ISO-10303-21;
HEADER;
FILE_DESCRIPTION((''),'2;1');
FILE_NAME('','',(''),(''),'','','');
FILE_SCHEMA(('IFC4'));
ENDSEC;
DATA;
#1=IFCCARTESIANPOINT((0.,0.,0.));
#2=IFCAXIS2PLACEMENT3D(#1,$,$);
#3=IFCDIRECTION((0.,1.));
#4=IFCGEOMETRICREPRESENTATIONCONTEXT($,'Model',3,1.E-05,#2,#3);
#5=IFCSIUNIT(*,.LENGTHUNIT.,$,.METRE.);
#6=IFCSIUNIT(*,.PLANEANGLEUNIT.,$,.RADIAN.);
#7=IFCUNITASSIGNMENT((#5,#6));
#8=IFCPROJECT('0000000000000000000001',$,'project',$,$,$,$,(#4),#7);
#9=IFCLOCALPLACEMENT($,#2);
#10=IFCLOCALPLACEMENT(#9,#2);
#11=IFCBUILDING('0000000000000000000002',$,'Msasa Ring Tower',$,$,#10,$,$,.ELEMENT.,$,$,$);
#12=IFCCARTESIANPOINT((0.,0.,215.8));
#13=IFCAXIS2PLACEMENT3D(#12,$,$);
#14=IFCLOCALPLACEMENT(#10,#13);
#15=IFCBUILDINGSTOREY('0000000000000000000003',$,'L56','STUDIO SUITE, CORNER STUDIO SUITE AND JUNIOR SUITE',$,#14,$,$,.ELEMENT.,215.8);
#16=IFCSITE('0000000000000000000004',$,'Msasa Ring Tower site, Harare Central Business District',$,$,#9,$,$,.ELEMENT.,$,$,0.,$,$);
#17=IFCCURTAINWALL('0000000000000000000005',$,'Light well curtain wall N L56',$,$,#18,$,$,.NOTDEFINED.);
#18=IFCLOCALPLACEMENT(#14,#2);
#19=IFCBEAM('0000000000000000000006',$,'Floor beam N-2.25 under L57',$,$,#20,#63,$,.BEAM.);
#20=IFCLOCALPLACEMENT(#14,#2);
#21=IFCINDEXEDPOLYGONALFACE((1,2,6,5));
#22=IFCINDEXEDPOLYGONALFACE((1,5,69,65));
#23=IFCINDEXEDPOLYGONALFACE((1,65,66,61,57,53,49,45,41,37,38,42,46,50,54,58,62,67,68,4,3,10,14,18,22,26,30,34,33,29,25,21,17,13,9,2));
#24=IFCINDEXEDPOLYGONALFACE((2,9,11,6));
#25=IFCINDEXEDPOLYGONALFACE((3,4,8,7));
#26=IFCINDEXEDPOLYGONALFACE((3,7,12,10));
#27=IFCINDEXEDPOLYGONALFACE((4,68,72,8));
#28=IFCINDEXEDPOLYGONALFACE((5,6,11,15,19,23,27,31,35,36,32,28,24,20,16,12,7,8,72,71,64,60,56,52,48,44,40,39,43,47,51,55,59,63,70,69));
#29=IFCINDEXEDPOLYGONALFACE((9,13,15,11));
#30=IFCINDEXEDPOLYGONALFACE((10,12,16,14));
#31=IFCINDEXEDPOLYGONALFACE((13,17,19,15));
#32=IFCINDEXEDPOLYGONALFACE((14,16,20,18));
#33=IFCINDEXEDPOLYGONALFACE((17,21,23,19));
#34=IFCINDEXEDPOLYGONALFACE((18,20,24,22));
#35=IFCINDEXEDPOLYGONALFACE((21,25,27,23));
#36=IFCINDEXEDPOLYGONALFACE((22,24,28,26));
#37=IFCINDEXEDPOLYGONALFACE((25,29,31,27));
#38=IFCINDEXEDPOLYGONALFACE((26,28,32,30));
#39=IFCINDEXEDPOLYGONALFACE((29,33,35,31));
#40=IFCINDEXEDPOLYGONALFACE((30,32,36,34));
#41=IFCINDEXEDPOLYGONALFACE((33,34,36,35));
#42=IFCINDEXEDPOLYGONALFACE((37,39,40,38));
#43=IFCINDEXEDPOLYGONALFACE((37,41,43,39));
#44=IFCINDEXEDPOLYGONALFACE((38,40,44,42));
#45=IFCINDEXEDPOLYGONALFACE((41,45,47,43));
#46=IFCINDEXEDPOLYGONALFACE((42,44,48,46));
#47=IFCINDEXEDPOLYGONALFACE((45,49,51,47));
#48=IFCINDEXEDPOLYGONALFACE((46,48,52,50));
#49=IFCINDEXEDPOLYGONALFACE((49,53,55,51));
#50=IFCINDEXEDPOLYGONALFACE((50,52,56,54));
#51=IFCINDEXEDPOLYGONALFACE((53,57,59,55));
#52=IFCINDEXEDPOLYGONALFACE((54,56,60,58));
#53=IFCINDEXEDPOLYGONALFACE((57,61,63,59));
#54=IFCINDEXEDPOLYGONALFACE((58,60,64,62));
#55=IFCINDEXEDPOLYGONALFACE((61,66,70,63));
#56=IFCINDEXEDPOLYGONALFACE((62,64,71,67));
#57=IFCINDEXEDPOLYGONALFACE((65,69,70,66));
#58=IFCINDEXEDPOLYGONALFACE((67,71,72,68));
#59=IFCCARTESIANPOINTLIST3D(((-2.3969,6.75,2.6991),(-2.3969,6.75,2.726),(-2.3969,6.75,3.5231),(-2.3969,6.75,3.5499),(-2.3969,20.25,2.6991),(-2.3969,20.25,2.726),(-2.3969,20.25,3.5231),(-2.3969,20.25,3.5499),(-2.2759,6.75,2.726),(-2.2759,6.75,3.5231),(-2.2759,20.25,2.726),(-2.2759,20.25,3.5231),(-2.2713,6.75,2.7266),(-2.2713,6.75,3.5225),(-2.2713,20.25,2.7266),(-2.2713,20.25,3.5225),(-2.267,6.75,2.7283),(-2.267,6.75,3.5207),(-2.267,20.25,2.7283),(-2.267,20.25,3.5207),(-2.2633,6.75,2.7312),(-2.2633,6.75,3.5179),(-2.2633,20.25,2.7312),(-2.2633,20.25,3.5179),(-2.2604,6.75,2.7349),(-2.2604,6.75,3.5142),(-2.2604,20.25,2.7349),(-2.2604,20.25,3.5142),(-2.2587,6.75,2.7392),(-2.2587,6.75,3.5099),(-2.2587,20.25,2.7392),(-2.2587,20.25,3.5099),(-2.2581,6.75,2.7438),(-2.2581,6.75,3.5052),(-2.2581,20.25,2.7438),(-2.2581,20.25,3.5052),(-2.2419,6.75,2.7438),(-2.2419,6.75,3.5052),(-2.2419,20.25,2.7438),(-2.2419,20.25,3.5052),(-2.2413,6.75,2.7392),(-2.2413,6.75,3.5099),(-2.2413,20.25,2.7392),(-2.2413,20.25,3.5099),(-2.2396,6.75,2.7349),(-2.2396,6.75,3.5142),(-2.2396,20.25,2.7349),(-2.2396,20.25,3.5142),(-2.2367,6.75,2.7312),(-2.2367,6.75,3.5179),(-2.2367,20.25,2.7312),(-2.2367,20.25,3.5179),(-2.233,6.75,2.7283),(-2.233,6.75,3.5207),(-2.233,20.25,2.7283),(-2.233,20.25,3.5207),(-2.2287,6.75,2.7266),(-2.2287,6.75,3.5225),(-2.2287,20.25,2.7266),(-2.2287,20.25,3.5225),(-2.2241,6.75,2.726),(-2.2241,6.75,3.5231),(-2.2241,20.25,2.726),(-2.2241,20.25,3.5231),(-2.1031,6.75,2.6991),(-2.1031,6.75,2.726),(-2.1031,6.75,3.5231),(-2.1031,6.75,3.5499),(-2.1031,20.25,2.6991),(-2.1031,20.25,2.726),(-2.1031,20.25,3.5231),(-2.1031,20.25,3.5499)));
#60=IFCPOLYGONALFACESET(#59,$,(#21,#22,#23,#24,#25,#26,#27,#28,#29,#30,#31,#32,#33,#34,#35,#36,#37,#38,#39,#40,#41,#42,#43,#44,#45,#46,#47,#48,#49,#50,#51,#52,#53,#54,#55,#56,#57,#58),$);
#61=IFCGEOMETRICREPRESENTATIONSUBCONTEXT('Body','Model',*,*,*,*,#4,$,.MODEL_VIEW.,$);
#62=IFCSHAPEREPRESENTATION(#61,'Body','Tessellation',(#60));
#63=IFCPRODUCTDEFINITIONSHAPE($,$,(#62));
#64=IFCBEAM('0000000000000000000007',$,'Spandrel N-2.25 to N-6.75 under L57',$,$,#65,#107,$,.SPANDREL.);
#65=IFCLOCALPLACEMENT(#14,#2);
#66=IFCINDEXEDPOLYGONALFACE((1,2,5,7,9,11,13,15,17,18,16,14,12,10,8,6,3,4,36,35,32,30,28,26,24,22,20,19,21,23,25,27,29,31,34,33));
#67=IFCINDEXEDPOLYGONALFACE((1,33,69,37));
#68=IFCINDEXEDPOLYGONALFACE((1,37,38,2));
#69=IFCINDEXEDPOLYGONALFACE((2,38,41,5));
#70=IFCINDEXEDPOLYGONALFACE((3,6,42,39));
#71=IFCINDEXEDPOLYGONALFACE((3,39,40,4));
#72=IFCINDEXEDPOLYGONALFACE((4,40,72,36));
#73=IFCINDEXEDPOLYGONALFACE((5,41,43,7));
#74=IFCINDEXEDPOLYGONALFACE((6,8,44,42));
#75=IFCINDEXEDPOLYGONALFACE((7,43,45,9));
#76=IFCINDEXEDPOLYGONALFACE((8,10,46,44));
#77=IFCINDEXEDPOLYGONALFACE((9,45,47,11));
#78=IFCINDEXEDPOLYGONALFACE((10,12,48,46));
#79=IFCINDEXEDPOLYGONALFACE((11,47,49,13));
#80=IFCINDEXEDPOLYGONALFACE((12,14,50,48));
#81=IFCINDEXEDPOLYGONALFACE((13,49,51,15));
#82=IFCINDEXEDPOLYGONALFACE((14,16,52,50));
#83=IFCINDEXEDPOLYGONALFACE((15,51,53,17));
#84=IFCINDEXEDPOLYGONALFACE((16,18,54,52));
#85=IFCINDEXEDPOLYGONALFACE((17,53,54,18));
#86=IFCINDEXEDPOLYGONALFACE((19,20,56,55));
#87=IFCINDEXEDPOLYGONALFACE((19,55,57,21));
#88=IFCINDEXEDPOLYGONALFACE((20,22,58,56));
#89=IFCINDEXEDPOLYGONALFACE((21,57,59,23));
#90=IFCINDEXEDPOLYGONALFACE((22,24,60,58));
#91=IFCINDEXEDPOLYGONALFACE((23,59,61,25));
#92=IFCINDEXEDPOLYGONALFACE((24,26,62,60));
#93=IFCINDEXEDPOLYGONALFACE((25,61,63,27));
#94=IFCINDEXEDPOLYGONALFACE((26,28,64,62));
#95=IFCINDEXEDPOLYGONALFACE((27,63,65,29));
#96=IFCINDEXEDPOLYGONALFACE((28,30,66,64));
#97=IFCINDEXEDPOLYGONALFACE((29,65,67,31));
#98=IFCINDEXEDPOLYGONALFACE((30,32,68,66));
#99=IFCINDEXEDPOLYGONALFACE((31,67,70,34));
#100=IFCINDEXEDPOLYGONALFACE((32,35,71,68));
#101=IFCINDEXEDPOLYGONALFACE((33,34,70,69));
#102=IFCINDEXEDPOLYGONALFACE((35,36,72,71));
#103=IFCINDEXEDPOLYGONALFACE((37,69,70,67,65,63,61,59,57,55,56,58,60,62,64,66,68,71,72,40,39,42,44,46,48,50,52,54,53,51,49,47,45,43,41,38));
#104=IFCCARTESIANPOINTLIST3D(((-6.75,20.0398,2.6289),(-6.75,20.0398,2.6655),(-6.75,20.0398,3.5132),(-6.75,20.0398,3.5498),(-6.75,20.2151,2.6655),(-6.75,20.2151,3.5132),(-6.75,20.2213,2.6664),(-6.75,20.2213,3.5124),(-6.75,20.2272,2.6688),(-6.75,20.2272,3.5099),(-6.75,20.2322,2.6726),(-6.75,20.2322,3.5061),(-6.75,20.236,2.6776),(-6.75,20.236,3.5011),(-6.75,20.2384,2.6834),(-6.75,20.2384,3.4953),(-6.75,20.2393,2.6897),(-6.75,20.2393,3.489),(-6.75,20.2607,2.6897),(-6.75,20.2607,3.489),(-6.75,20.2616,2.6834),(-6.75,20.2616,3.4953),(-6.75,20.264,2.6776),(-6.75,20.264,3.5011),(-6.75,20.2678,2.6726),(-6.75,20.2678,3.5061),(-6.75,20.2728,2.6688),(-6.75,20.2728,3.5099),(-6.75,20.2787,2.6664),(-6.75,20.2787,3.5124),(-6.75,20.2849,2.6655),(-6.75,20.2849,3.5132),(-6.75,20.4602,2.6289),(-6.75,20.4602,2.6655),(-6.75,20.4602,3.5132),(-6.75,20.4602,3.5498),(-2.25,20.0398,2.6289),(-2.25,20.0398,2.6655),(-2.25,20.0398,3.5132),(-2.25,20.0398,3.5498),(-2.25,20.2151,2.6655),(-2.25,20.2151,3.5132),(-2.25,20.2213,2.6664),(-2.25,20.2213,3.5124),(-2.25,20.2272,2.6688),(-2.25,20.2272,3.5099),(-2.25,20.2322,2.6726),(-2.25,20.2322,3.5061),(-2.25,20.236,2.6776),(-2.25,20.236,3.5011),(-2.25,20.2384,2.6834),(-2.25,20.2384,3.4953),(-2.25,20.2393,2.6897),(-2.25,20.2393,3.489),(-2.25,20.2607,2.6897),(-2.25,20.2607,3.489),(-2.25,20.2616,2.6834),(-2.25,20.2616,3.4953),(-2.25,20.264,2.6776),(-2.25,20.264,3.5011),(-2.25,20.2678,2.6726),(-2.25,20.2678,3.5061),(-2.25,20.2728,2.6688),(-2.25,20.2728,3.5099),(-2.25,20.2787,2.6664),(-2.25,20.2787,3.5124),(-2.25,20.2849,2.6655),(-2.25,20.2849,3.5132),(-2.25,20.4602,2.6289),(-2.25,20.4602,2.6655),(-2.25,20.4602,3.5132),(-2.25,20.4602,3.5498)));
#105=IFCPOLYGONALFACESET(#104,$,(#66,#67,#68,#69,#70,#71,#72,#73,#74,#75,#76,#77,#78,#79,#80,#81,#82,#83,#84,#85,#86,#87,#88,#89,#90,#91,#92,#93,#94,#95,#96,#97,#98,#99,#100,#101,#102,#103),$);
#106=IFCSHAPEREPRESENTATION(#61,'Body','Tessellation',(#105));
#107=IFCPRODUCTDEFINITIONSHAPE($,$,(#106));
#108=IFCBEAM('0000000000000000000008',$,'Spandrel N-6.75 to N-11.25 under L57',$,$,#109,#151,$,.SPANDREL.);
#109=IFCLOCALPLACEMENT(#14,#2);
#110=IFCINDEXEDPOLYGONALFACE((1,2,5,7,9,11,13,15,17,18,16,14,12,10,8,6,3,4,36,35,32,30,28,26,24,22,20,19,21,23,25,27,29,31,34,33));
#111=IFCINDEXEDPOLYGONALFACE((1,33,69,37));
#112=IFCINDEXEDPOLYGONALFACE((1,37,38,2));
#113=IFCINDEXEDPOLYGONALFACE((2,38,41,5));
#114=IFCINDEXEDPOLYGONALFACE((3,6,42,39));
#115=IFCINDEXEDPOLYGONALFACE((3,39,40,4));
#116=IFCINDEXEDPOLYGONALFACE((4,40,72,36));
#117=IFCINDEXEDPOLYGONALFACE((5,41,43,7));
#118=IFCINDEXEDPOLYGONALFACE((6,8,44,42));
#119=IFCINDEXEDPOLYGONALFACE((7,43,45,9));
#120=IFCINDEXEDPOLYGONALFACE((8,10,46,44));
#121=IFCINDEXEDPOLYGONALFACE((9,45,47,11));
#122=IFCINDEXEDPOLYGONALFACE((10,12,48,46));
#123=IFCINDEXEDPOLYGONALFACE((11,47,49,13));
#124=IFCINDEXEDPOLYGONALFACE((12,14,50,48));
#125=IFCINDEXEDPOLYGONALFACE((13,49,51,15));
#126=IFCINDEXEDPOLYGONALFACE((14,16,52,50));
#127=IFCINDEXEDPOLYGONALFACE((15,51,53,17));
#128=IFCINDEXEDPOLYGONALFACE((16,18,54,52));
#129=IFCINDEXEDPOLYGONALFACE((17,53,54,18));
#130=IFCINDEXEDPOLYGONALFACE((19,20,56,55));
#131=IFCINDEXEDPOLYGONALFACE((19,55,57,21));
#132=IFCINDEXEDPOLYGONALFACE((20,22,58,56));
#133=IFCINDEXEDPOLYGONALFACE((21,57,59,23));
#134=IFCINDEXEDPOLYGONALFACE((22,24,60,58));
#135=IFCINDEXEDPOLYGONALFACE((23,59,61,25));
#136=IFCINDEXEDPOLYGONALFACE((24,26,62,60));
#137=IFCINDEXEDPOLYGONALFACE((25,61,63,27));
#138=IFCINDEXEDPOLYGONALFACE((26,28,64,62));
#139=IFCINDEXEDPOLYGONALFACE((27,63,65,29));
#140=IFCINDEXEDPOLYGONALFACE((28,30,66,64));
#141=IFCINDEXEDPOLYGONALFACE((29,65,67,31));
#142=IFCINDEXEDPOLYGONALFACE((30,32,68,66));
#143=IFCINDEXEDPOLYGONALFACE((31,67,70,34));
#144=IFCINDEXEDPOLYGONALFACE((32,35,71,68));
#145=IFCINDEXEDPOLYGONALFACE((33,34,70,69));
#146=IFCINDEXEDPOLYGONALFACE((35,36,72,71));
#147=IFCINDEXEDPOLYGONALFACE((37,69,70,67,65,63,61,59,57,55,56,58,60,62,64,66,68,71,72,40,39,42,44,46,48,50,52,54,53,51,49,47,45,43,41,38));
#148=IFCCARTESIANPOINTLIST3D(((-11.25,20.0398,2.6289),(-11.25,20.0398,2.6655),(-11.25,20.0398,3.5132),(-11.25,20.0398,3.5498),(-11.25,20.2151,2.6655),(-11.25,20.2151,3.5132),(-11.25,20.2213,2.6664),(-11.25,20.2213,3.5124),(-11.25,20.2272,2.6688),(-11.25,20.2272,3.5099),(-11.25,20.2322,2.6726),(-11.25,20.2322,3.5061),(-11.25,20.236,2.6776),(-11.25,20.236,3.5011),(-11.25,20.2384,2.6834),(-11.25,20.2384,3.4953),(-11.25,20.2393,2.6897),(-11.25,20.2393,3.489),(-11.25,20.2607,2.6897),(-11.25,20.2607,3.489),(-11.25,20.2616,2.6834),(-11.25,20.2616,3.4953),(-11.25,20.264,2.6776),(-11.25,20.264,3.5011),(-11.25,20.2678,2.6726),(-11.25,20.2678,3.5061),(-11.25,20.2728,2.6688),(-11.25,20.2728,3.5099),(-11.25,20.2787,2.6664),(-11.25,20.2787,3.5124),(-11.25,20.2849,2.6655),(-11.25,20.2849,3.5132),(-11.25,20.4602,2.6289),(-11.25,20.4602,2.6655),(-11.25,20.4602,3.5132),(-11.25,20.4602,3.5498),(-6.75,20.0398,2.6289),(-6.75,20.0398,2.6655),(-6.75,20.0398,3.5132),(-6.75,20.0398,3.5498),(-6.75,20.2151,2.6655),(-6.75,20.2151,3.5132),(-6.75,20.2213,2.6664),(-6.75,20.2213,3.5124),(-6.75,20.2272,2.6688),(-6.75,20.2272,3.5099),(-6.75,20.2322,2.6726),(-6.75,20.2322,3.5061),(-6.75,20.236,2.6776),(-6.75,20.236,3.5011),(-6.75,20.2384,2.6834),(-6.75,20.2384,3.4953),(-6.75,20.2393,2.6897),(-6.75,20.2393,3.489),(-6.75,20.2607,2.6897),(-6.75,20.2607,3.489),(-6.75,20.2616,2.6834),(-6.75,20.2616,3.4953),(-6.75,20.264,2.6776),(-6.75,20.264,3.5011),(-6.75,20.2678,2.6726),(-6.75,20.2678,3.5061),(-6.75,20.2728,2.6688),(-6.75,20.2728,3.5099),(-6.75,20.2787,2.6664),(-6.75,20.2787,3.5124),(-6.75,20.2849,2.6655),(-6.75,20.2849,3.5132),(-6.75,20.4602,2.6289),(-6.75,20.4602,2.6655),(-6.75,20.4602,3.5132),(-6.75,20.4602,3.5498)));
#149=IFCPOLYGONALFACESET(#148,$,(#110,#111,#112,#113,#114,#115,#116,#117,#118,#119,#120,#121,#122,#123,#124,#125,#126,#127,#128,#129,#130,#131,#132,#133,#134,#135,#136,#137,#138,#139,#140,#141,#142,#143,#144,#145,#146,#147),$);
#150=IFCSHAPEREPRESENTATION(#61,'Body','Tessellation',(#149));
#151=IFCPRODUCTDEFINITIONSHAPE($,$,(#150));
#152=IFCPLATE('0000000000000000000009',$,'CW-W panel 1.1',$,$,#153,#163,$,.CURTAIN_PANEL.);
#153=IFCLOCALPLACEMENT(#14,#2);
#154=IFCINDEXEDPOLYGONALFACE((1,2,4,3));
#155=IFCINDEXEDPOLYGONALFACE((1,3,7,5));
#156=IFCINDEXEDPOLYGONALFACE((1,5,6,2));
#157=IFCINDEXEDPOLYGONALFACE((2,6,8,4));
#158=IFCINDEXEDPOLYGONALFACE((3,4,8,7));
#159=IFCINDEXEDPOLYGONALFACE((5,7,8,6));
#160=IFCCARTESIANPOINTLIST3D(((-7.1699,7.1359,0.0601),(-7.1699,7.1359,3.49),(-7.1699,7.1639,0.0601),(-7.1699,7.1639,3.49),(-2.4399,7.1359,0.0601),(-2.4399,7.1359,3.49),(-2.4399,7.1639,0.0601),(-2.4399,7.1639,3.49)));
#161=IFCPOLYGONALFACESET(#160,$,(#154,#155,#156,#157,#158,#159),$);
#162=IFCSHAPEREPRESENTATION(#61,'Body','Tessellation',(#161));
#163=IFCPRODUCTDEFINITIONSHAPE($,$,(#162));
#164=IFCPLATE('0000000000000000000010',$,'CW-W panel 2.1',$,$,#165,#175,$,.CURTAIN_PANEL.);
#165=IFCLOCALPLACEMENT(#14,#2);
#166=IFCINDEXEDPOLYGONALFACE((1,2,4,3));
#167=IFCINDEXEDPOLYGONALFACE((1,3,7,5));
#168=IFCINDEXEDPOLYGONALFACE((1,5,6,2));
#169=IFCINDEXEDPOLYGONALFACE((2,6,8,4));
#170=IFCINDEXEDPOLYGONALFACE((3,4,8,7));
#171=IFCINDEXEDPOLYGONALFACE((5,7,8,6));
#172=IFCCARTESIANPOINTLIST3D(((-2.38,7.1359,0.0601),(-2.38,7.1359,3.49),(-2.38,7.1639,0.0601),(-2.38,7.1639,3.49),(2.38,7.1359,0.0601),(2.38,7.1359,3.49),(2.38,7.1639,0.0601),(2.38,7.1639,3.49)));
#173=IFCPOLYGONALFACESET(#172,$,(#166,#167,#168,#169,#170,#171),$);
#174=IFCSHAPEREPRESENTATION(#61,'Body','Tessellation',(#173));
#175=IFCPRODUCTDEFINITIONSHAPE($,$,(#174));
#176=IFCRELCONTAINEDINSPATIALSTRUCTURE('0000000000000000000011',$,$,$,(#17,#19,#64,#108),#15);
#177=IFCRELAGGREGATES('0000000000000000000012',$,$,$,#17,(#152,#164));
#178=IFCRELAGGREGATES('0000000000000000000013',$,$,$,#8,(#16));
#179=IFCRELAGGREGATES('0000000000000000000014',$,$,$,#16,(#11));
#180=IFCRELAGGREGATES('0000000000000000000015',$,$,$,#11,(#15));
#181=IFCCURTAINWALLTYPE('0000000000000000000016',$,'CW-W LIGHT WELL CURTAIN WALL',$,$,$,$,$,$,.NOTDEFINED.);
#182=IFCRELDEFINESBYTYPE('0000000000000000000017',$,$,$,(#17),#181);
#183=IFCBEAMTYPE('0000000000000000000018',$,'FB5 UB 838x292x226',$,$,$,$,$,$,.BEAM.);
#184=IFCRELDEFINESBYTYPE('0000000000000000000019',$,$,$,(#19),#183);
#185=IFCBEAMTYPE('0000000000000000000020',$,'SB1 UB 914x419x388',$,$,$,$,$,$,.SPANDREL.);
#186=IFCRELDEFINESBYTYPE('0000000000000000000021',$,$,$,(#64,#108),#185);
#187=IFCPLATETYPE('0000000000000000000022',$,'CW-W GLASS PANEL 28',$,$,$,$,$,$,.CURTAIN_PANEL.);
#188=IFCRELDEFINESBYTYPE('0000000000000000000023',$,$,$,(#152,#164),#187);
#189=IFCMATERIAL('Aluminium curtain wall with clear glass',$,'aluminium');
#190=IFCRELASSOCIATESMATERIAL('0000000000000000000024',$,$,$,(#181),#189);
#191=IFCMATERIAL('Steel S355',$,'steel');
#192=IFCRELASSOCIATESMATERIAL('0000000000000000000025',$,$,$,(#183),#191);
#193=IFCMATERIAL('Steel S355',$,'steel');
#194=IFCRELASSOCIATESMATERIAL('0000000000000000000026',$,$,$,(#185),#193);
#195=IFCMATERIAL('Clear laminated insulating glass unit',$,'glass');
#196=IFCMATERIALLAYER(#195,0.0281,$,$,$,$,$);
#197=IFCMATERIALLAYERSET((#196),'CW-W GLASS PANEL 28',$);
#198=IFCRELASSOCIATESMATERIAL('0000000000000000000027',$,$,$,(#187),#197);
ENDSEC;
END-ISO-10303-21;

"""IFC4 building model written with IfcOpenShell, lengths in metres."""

from ifc_helpers import new_model, si_unit, direction, frame, origin, origin_2d, place, context, subcontext, project, spatial, rectangle, i_section, extrude, material, layer, layer_set, material_profile, profile_set, type_object, element, aggregate, save


model = new_model("IFC4")

# Units and contexts
model_context = context("Model", 3, precision=1e-05, world=origin(), true_north=direction((0.0, 1.0)))
body_context = subcontext(model_context, "Body", "Model", "MODEL_VIEW")
ifc_project = project(units=[si_unit("LENGTHUNIT", "METRE"), si_unit("PLANEANGLEUNIT", "RADIAN")], contexts=[model_context])

# Site, building, storey
site_placement = place(None, origin())
site = spatial("IfcSite", under=ifc_project, at=site_placement, Name="Msasa Ring Tower site, Harare Central Business District", CompositionType="ELEMENT", RefElevation=0.0)
building_placement = place(site_placement, origin())
building = spatial("IfcBuilding", under=site, at=building_placement, Name="Msasa Ring Tower", CompositionType="ELEMENT")
storey_placement = place(building_placement, frame((0.0, 0.0, 215.8)))
storey = spatial("IfcBuildingStorey", under=building, at=storey_placement, Name="L56", Description="STUDIO SUITE, CORNER STUDIO SUITE AND JUNIOR SUITE", CompositionType="ELEMENT", Elevation=215.8)

# Curtain wall
ifc_material_1 = material(Name="Aluminium curtain wall with clear glass", Category="aluminium")
curtain_wall_type = type_object("IfcCurtainWallType", Name="CW-W LIGHT WELL CURTAIN WALL", PredefinedType="NOTDEFINED", material=ifc_material_1)
curtain_wall_placement = place(storey_placement, origin())
curtain_wall = element("IfcCurtainWall", 1, at=curtain_wall_placement, inside=storey, type_object=curtain_wall_type, Name="Light well curtain wall N L56", PredefinedType="NOTDEFINED")

# Beams
ifc_material_2 = material(Name="Steel S355", Category="steel")
ifc_material_profile_1 = material_profile(ifc_material_2, i_section(OverallWidth=0.2937, OverallDepth=0.8508, WebThickness=0.0161, FlangeThickness=0.0269, FilletRadius=0.0178, at=origin_2d()), Name="UB 838x292x226")
ifc_profile_set_1 = profile_set([ifc_material_profile_1], Name="Steel S355")
beam_type_1 = type_object("IfcBeamType", Name="FB5 UB 838x292x226", PredefinedType="BEAM", material=ifc_profile_set_1)
for number, where, z_axis, x_axis, name in (
    (2, (-2.25, 20.25, 3.1245), (0.0, -1.0, 0.0), (1.0, 0.0, 0.0), "Floor beam N-2.25 under L57"),
):
    element("IfcBeam", number, at=place(storey_placement, frame(where, z_axis=z_axis, x_axis=x_axis)), inside=storey, type_object=beam_type_1, Name=name, PredefinedType="BEAM", context=body_context, shape_type="SweptSolid", body=[
        extrude(i_section(OverallWidth=0.2937, OverallDepth=0.8508, WebThickness=0.0161, FlangeThickness=0.0269, FilletRadius=0.0178, at=origin_2d()), origin(), (0.0, 0.0, 1.0), 13.5),
    ])
ifc_material_3 = material(Name="Steel S355", Category="steel")
ifc_material_profile_2 = material_profile(ifc_material_3, i_section(OverallWidth=0.4204, OverallDepth=0.9209, WebThickness=0.0215, FlangeThickness=0.0366, FilletRadius=0.0242, at=origin_2d()), Name="UB 914x419x388")
ifc_profile_set_2 = profile_set([ifc_material_profile_2], Name="Steel S355")
beam_type_2 = type_object("IfcBeamType", Name="SB1 UB 914x419x388", PredefinedType="SPANDREL", material=ifc_profile_set_2)
for number, where, z_axis, x_axis, name in (
    (3, (-2.25, 20.25, 3.0894), (-1.0, 0.0, 0.0), (0.0, -1.0, 0.0), "Spandrel N-2.25 to N-6.75 under L57"),
    (4, (-6.75, 20.25, 3.0894), (-1.0, 0.0, 0.0), (0.0, -1.0, 0.0), "Spandrel N-6.75 to N-11.25 under L57"),
):
    element("IfcBeam", number, at=place(storey_placement, frame(where, z_axis=z_axis, x_axis=x_axis)), inside=storey, type_object=beam_type_2, Name=name, PredefinedType="SPANDREL", context=body_context, shape_type="SweptSolid", body=[
        extrude(i_section(OverallWidth=0.4204, OverallDepth=0.9209, WebThickness=0.0215, FlangeThickness=0.0366, FilletRadius=0.0242, at=origin_2d()), origin(), (0.0, 0.0, 1.0), 4.5),
    ])

# Plates
ifc_material_4 = material(Name="Clear laminated insulating glass unit", Category="glass")
ifc_layer_1 = layer(ifc_material_4, 0.0281)
ifc_layer_set_1 = layer_set([ifc_layer_1], Name="CW-W GLASS PANEL 28")
plate_type = type_object("IfcPlateType", Name="CW-W GLASS PANEL 28", PredefinedType="CURTAIN_PANEL", material=ifc_layer_set_1)
plate_1_placement = place(storey_placement, frame((-4.8049, 7.1499, 0.0601), z_axis=(0.0, 0.0, 1.0), x_axis=(1.0, 0.0, 0.0)))
plate_1 = element("IfcPlate", 5, at=plate_1_placement, type_object=plate_type, Name="CW-W panel 1.1", PredefinedType="CURTAIN_PANEL", context=body_context, shape_type="SweptSolid", body=[
    extrude(rectangle(XDim=4.73, YDim=0.0281, at=origin_2d()), origin(), (0.0, 0.0, 1.0), 3.4299),
])
plate_2_placement = place(storey_placement, frame((0.0, 7.1499, 0.0601), z_axis=(0.0, 0.0, 1.0), x_axis=(1.0, 0.0, 0.0)))
plate_2 = element("IfcPlate", 6, at=plate_2_placement, type_object=plate_type, Name="CW-W panel 2.1", PredefinedType="CURTAIN_PANEL", context=body_context, shape_type="SweptSolid", body=[
    extrude(rectangle(XDim=4.76, YDim=0.0281, at=origin_2d()), origin(), (0.0, 0.0, 1.0), 3.4299),
])
aggregate(curtain_wall, [plate_1, plate_2])

save(model, "model.ifc")
